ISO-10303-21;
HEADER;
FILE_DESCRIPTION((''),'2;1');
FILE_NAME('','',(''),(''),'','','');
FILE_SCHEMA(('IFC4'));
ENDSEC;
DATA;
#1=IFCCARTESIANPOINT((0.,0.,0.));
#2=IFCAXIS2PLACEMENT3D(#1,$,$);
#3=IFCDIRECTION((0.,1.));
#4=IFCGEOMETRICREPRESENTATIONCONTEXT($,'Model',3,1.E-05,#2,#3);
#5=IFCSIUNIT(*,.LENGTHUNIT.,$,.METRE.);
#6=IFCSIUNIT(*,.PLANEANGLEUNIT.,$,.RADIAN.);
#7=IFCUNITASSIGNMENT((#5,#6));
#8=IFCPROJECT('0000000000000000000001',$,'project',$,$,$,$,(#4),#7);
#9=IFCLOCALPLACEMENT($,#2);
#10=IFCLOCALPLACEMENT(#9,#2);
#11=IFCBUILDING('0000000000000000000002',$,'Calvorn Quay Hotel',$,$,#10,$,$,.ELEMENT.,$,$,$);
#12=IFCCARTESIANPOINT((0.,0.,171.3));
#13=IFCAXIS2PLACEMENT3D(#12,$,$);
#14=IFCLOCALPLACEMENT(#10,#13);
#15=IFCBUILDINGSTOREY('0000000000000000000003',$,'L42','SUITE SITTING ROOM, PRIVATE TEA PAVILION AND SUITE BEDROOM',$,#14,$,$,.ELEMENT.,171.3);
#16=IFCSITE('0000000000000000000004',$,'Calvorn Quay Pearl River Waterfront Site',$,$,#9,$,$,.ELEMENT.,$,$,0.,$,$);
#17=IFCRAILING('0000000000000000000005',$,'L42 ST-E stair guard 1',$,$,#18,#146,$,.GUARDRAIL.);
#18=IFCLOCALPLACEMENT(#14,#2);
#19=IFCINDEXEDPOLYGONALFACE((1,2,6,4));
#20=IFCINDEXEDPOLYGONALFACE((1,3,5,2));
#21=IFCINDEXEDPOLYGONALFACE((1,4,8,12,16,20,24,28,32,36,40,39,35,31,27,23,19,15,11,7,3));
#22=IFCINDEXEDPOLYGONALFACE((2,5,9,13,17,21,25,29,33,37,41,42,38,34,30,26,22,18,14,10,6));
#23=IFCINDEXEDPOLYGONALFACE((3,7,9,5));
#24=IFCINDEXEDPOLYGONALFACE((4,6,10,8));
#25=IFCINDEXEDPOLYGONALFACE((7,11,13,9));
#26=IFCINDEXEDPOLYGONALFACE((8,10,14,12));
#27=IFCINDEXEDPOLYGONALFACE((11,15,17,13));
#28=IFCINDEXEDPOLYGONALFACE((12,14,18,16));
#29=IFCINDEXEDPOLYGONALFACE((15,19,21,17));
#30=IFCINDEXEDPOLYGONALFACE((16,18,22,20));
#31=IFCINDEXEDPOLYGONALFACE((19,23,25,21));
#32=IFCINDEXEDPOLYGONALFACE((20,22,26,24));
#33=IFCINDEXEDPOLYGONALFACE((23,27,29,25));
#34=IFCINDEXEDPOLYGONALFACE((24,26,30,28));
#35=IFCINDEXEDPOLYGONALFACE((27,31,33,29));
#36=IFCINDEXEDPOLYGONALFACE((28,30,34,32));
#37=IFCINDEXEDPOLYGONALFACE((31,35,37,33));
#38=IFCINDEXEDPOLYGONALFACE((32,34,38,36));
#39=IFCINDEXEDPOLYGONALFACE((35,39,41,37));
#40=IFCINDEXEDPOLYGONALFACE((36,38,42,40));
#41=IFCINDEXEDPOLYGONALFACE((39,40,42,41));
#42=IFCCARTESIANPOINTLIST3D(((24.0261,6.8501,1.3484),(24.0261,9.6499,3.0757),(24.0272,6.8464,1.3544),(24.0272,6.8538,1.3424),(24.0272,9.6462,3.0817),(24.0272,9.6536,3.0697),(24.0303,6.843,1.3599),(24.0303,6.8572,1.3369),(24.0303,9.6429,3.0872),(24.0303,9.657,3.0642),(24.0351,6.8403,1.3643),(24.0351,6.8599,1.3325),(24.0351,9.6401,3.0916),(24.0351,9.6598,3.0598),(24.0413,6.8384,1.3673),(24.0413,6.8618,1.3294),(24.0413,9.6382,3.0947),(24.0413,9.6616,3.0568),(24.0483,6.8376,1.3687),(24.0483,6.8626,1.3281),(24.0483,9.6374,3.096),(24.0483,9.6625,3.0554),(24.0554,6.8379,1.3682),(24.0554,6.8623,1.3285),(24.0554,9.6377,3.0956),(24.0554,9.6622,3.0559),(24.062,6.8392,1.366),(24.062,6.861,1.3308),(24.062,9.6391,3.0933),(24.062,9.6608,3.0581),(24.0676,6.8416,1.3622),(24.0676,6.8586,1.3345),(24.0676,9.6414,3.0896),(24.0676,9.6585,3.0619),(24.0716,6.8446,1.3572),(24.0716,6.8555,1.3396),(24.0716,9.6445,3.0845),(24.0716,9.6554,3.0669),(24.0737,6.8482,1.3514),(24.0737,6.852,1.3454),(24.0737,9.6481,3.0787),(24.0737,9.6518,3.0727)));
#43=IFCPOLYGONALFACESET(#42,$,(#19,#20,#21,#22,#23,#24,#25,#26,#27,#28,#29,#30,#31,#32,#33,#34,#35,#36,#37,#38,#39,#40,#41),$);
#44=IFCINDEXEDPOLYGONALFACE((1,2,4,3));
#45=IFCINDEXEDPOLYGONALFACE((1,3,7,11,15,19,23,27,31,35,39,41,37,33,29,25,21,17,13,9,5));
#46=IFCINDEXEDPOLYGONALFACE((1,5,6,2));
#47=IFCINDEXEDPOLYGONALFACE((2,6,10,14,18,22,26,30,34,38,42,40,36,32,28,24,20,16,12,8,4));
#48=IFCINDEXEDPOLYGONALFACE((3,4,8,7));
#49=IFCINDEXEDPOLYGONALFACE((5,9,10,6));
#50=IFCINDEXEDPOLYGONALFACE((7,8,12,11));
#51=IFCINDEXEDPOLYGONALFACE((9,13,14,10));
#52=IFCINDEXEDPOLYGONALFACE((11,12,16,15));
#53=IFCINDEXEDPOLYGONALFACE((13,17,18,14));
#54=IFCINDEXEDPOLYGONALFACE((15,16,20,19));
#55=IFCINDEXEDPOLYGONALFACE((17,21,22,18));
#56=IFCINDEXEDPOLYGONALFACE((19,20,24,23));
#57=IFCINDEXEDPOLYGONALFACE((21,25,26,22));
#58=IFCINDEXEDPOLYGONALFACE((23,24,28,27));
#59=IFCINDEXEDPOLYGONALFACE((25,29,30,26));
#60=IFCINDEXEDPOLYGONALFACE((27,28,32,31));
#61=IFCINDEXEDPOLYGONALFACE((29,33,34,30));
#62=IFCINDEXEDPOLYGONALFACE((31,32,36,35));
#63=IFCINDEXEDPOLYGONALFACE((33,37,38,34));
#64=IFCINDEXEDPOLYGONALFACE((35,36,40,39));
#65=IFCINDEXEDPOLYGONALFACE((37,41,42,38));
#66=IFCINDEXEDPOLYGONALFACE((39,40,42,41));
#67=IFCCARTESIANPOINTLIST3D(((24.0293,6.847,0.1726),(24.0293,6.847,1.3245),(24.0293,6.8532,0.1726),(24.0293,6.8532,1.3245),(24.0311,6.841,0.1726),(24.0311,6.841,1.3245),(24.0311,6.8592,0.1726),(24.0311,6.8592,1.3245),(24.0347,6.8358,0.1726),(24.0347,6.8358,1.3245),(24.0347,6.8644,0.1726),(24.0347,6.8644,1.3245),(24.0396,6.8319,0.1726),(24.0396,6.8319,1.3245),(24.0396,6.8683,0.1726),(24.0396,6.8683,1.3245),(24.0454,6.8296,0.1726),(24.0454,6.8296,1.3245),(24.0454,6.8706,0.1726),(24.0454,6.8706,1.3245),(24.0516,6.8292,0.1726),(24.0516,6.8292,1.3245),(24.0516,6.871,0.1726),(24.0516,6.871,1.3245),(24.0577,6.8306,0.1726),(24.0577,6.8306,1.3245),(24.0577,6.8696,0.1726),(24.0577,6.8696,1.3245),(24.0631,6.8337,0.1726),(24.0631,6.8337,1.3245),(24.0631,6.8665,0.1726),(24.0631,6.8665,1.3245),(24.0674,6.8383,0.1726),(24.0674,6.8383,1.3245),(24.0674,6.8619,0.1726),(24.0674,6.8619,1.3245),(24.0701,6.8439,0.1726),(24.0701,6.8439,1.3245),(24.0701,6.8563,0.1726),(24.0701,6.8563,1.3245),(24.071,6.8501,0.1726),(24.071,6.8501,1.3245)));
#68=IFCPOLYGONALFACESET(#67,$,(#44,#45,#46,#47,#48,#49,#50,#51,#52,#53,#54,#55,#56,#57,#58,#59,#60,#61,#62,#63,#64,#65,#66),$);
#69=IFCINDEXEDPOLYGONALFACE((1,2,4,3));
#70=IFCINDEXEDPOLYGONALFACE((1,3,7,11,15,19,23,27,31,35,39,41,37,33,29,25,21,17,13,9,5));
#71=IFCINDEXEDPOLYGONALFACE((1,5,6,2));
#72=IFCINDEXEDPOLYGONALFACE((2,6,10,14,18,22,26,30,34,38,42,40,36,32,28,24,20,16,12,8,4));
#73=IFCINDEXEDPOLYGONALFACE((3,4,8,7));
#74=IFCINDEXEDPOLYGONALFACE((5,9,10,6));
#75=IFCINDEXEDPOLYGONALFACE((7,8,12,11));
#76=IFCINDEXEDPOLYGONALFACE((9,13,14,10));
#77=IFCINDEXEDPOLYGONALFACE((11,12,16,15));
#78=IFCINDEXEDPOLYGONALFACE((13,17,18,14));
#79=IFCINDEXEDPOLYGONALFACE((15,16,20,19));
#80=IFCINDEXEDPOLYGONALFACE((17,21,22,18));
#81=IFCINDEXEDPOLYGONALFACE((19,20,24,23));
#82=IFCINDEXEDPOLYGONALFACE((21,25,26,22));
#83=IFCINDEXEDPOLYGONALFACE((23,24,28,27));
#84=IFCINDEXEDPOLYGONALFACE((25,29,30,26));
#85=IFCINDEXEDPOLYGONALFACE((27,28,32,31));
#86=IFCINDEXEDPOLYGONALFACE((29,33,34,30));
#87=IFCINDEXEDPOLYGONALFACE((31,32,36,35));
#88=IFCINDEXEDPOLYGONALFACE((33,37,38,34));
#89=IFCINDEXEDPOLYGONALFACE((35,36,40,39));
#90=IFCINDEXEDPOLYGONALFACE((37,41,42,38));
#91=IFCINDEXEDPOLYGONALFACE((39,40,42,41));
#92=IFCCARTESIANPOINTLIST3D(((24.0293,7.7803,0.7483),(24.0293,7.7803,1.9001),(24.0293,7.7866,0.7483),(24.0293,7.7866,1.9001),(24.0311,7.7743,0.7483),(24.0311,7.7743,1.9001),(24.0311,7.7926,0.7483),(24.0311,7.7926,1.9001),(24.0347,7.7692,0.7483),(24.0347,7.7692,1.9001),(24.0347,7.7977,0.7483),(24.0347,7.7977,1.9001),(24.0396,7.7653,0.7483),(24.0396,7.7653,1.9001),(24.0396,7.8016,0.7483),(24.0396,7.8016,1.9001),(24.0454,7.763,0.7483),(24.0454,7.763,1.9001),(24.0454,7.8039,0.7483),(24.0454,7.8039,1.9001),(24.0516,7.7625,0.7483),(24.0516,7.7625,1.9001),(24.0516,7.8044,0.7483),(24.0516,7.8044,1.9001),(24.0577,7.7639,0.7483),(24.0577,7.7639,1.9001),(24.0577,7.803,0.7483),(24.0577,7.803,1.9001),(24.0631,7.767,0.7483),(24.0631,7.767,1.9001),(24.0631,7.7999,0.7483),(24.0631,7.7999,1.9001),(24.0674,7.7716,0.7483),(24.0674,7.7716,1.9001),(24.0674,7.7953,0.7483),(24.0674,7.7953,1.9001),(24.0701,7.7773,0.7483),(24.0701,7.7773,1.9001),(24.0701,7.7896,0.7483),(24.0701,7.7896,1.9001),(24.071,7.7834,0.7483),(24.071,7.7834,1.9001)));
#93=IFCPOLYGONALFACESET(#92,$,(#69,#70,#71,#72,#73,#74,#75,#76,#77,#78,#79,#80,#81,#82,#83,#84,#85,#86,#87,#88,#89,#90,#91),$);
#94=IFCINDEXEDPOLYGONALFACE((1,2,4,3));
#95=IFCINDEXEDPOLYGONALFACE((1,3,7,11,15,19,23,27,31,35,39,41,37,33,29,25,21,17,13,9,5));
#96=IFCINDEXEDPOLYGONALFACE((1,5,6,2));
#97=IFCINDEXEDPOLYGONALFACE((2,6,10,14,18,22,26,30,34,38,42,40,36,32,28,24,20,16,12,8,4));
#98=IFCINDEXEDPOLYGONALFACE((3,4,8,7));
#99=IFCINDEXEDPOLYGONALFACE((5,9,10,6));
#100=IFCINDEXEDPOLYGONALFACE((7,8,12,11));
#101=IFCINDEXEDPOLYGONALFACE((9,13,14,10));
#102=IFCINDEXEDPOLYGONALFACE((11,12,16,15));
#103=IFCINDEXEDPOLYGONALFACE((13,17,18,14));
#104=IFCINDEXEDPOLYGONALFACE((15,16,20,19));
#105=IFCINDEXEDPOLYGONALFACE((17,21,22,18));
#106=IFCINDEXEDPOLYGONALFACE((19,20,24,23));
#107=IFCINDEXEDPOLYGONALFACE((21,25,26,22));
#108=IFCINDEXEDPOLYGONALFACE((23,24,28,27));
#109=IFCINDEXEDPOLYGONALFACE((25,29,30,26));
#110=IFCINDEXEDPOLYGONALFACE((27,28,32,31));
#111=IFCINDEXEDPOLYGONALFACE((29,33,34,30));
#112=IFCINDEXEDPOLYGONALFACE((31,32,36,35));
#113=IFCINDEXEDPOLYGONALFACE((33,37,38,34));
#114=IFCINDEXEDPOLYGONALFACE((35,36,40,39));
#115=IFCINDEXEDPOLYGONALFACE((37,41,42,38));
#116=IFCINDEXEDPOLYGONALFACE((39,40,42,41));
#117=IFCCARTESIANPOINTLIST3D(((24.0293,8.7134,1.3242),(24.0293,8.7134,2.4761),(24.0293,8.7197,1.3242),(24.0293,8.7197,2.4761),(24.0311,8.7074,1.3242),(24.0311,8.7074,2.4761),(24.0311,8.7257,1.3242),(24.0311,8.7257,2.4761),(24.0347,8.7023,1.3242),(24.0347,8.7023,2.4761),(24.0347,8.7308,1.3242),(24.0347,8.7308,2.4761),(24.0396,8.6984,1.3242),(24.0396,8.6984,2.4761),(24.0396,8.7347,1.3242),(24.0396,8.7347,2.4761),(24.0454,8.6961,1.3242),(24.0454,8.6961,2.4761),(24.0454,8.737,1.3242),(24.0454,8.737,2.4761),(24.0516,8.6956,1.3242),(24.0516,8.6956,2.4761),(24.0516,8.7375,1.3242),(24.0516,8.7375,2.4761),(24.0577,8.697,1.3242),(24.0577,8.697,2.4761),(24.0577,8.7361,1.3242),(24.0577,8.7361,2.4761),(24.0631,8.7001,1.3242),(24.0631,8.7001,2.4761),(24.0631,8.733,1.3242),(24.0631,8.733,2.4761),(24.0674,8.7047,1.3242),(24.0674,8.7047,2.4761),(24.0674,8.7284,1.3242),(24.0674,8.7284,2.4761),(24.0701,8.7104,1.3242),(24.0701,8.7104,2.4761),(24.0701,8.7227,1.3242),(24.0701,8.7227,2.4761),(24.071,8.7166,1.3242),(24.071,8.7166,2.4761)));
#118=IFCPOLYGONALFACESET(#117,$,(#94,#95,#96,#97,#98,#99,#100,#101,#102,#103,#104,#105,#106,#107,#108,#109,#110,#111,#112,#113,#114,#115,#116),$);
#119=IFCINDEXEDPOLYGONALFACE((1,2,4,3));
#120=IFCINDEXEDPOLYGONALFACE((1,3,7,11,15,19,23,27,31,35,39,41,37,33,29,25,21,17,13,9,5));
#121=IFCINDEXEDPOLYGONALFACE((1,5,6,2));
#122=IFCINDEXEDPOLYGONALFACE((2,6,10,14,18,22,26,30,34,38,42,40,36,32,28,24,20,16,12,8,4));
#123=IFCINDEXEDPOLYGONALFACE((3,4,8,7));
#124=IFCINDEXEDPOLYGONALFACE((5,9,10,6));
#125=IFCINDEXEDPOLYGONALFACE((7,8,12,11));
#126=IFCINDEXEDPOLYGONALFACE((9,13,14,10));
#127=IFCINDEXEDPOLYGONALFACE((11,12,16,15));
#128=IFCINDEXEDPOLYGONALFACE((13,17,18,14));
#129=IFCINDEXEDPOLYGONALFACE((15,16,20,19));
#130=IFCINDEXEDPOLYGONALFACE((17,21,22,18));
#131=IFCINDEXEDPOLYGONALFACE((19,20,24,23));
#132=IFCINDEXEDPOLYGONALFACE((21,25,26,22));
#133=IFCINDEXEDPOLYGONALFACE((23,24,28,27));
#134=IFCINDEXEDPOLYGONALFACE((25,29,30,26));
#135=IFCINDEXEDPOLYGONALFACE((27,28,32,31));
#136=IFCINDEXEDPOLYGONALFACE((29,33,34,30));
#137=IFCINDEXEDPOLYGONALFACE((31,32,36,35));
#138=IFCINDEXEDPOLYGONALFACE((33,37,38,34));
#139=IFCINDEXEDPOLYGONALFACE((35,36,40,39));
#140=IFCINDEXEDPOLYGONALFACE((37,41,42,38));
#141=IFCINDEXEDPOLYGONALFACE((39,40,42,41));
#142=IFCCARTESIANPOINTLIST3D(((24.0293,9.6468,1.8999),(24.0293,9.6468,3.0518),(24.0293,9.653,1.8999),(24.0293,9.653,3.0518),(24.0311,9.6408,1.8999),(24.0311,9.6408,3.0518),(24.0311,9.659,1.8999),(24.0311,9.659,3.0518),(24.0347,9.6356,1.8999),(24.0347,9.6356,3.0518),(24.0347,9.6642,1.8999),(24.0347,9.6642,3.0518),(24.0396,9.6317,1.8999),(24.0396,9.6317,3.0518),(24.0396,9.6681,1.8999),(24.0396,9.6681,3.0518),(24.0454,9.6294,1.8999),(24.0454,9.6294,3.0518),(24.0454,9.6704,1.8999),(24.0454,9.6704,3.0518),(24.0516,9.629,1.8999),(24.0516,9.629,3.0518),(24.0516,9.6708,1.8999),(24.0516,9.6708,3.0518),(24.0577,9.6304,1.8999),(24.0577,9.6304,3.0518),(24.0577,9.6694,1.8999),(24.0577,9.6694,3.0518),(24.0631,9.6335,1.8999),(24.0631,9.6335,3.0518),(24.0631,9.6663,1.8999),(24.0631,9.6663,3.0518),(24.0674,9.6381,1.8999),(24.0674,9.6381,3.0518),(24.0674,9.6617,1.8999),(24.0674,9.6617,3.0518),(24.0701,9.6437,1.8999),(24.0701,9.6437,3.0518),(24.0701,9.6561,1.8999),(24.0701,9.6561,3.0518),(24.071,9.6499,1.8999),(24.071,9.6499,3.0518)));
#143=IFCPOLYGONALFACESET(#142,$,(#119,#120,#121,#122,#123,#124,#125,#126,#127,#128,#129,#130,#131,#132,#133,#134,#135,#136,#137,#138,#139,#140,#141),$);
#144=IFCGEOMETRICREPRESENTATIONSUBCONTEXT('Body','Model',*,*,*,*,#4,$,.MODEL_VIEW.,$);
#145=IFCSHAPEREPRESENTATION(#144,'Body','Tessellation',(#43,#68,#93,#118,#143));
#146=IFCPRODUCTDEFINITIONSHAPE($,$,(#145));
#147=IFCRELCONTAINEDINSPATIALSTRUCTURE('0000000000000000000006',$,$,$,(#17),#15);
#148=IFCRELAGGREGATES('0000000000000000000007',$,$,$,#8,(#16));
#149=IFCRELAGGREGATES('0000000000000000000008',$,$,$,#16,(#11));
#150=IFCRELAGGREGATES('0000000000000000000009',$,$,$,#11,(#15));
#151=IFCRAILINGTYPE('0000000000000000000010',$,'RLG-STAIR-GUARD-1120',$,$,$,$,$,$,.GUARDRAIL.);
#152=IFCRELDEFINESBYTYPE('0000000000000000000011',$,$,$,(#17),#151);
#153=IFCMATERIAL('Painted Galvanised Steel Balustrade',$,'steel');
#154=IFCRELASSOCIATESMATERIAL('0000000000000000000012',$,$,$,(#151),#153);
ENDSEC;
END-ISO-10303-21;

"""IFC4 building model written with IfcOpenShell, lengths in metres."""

from ifc_helpers import new_model, si_unit, direction, frame, origin, origin_2d, place, context, subcontext, project, spatial, circle, extrude, material, type_object, element, save


model = new_model("IFC4")

# Units and contexts
model_context = context("Model", 3, precision=1e-05, world=origin(), true_north=direction((0.0, 1.0)))
body_context = subcontext(model_context, "Body", "Model", "MODEL_VIEW")
ifc_project = project(units=[si_unit("LENGTHUNIT", "METRE"), si_unit("PLANEANGLEUNIT", "RADIAN")], contexts=[model_context])

# Site, building, storey
site_placement = place(None, origin())
site = spatial("IfcSite", under=ifc_project, at=site_placement, Name="Calvorn Quay Pearl River Waterfront Site", CompositionType="ELEMENT", RefElevation=0.0)
building_placement = place(site_placement, origin())
building = spatial("IfcBuilding", under=site, at=building_placement, Name="Calvorn Quay Hotel", CompositionType="ELEMENT")
storey_placement = place(building_placement, frame((0.0, 0.0, 171.3)))
storey = spatial("IfcBuildingStorey", under=building, at=storey_placement, Name="L42", Description="SUITE SITTING ROOM, PRIVATE TEA PAVILION AND SUITE BEDROOM", CompositionType="ELEMENT", Elevation=171.3)

# Railing
ifc_material_1 = material(Name="Painted Galvanised Steel Balustrade", Category="steel")
railing_type_1 = type_object("IfcRailingType", Name="RLG-STAIR-GUARD-1120", PredefinedType="GUARDRAIL", material=ifc_material_1)
railing_1_placement = place(storey_placement, frame((24.05, 6.8501, 0.1726)))
element("IfcRailing", 1, at=railing_1_placement, inside=storey, type_object=railing_type_1, Name="L42 ST-E stair guard 1", PredefinedType="GUARDRAIL", context=body_context, shape_type="SweptSolid", body=[
    extrude(circle(Radius=0.0239, at=origin_2d()), frame((0.0, 0.0, 1.1758), z_axis=(0.0, 0.851069, 0.525054), x_axis=(-1.0, 0.0, 0.0)), (0.0, 0.0, 1.0), 3.2898),
    extrude(circle(Radius=0.021, at=origin_2d()), origin(), (0.0, 0.0, 1.0), 1.1519),
    extrude(circle(Radius=0.021, at=origin_2d()), frame((0.0, 0.9333, 0.5757)), (0.0, 0.0, 1.0), 1.1519),
    extrude(circle(Radius=0.021, at=origin_2d()), frame((0.0, 1.8665, 1.1516)), (0.0, 0.0, 1.0), 1.1519),
    extrude(circle(Radius=0.021, at=origin_2d()), frame((0.0, 2.7998, 1.7273)), (0.0, 0.0, 1.0), 1.1519),
])

save(model, "model.ifc")
